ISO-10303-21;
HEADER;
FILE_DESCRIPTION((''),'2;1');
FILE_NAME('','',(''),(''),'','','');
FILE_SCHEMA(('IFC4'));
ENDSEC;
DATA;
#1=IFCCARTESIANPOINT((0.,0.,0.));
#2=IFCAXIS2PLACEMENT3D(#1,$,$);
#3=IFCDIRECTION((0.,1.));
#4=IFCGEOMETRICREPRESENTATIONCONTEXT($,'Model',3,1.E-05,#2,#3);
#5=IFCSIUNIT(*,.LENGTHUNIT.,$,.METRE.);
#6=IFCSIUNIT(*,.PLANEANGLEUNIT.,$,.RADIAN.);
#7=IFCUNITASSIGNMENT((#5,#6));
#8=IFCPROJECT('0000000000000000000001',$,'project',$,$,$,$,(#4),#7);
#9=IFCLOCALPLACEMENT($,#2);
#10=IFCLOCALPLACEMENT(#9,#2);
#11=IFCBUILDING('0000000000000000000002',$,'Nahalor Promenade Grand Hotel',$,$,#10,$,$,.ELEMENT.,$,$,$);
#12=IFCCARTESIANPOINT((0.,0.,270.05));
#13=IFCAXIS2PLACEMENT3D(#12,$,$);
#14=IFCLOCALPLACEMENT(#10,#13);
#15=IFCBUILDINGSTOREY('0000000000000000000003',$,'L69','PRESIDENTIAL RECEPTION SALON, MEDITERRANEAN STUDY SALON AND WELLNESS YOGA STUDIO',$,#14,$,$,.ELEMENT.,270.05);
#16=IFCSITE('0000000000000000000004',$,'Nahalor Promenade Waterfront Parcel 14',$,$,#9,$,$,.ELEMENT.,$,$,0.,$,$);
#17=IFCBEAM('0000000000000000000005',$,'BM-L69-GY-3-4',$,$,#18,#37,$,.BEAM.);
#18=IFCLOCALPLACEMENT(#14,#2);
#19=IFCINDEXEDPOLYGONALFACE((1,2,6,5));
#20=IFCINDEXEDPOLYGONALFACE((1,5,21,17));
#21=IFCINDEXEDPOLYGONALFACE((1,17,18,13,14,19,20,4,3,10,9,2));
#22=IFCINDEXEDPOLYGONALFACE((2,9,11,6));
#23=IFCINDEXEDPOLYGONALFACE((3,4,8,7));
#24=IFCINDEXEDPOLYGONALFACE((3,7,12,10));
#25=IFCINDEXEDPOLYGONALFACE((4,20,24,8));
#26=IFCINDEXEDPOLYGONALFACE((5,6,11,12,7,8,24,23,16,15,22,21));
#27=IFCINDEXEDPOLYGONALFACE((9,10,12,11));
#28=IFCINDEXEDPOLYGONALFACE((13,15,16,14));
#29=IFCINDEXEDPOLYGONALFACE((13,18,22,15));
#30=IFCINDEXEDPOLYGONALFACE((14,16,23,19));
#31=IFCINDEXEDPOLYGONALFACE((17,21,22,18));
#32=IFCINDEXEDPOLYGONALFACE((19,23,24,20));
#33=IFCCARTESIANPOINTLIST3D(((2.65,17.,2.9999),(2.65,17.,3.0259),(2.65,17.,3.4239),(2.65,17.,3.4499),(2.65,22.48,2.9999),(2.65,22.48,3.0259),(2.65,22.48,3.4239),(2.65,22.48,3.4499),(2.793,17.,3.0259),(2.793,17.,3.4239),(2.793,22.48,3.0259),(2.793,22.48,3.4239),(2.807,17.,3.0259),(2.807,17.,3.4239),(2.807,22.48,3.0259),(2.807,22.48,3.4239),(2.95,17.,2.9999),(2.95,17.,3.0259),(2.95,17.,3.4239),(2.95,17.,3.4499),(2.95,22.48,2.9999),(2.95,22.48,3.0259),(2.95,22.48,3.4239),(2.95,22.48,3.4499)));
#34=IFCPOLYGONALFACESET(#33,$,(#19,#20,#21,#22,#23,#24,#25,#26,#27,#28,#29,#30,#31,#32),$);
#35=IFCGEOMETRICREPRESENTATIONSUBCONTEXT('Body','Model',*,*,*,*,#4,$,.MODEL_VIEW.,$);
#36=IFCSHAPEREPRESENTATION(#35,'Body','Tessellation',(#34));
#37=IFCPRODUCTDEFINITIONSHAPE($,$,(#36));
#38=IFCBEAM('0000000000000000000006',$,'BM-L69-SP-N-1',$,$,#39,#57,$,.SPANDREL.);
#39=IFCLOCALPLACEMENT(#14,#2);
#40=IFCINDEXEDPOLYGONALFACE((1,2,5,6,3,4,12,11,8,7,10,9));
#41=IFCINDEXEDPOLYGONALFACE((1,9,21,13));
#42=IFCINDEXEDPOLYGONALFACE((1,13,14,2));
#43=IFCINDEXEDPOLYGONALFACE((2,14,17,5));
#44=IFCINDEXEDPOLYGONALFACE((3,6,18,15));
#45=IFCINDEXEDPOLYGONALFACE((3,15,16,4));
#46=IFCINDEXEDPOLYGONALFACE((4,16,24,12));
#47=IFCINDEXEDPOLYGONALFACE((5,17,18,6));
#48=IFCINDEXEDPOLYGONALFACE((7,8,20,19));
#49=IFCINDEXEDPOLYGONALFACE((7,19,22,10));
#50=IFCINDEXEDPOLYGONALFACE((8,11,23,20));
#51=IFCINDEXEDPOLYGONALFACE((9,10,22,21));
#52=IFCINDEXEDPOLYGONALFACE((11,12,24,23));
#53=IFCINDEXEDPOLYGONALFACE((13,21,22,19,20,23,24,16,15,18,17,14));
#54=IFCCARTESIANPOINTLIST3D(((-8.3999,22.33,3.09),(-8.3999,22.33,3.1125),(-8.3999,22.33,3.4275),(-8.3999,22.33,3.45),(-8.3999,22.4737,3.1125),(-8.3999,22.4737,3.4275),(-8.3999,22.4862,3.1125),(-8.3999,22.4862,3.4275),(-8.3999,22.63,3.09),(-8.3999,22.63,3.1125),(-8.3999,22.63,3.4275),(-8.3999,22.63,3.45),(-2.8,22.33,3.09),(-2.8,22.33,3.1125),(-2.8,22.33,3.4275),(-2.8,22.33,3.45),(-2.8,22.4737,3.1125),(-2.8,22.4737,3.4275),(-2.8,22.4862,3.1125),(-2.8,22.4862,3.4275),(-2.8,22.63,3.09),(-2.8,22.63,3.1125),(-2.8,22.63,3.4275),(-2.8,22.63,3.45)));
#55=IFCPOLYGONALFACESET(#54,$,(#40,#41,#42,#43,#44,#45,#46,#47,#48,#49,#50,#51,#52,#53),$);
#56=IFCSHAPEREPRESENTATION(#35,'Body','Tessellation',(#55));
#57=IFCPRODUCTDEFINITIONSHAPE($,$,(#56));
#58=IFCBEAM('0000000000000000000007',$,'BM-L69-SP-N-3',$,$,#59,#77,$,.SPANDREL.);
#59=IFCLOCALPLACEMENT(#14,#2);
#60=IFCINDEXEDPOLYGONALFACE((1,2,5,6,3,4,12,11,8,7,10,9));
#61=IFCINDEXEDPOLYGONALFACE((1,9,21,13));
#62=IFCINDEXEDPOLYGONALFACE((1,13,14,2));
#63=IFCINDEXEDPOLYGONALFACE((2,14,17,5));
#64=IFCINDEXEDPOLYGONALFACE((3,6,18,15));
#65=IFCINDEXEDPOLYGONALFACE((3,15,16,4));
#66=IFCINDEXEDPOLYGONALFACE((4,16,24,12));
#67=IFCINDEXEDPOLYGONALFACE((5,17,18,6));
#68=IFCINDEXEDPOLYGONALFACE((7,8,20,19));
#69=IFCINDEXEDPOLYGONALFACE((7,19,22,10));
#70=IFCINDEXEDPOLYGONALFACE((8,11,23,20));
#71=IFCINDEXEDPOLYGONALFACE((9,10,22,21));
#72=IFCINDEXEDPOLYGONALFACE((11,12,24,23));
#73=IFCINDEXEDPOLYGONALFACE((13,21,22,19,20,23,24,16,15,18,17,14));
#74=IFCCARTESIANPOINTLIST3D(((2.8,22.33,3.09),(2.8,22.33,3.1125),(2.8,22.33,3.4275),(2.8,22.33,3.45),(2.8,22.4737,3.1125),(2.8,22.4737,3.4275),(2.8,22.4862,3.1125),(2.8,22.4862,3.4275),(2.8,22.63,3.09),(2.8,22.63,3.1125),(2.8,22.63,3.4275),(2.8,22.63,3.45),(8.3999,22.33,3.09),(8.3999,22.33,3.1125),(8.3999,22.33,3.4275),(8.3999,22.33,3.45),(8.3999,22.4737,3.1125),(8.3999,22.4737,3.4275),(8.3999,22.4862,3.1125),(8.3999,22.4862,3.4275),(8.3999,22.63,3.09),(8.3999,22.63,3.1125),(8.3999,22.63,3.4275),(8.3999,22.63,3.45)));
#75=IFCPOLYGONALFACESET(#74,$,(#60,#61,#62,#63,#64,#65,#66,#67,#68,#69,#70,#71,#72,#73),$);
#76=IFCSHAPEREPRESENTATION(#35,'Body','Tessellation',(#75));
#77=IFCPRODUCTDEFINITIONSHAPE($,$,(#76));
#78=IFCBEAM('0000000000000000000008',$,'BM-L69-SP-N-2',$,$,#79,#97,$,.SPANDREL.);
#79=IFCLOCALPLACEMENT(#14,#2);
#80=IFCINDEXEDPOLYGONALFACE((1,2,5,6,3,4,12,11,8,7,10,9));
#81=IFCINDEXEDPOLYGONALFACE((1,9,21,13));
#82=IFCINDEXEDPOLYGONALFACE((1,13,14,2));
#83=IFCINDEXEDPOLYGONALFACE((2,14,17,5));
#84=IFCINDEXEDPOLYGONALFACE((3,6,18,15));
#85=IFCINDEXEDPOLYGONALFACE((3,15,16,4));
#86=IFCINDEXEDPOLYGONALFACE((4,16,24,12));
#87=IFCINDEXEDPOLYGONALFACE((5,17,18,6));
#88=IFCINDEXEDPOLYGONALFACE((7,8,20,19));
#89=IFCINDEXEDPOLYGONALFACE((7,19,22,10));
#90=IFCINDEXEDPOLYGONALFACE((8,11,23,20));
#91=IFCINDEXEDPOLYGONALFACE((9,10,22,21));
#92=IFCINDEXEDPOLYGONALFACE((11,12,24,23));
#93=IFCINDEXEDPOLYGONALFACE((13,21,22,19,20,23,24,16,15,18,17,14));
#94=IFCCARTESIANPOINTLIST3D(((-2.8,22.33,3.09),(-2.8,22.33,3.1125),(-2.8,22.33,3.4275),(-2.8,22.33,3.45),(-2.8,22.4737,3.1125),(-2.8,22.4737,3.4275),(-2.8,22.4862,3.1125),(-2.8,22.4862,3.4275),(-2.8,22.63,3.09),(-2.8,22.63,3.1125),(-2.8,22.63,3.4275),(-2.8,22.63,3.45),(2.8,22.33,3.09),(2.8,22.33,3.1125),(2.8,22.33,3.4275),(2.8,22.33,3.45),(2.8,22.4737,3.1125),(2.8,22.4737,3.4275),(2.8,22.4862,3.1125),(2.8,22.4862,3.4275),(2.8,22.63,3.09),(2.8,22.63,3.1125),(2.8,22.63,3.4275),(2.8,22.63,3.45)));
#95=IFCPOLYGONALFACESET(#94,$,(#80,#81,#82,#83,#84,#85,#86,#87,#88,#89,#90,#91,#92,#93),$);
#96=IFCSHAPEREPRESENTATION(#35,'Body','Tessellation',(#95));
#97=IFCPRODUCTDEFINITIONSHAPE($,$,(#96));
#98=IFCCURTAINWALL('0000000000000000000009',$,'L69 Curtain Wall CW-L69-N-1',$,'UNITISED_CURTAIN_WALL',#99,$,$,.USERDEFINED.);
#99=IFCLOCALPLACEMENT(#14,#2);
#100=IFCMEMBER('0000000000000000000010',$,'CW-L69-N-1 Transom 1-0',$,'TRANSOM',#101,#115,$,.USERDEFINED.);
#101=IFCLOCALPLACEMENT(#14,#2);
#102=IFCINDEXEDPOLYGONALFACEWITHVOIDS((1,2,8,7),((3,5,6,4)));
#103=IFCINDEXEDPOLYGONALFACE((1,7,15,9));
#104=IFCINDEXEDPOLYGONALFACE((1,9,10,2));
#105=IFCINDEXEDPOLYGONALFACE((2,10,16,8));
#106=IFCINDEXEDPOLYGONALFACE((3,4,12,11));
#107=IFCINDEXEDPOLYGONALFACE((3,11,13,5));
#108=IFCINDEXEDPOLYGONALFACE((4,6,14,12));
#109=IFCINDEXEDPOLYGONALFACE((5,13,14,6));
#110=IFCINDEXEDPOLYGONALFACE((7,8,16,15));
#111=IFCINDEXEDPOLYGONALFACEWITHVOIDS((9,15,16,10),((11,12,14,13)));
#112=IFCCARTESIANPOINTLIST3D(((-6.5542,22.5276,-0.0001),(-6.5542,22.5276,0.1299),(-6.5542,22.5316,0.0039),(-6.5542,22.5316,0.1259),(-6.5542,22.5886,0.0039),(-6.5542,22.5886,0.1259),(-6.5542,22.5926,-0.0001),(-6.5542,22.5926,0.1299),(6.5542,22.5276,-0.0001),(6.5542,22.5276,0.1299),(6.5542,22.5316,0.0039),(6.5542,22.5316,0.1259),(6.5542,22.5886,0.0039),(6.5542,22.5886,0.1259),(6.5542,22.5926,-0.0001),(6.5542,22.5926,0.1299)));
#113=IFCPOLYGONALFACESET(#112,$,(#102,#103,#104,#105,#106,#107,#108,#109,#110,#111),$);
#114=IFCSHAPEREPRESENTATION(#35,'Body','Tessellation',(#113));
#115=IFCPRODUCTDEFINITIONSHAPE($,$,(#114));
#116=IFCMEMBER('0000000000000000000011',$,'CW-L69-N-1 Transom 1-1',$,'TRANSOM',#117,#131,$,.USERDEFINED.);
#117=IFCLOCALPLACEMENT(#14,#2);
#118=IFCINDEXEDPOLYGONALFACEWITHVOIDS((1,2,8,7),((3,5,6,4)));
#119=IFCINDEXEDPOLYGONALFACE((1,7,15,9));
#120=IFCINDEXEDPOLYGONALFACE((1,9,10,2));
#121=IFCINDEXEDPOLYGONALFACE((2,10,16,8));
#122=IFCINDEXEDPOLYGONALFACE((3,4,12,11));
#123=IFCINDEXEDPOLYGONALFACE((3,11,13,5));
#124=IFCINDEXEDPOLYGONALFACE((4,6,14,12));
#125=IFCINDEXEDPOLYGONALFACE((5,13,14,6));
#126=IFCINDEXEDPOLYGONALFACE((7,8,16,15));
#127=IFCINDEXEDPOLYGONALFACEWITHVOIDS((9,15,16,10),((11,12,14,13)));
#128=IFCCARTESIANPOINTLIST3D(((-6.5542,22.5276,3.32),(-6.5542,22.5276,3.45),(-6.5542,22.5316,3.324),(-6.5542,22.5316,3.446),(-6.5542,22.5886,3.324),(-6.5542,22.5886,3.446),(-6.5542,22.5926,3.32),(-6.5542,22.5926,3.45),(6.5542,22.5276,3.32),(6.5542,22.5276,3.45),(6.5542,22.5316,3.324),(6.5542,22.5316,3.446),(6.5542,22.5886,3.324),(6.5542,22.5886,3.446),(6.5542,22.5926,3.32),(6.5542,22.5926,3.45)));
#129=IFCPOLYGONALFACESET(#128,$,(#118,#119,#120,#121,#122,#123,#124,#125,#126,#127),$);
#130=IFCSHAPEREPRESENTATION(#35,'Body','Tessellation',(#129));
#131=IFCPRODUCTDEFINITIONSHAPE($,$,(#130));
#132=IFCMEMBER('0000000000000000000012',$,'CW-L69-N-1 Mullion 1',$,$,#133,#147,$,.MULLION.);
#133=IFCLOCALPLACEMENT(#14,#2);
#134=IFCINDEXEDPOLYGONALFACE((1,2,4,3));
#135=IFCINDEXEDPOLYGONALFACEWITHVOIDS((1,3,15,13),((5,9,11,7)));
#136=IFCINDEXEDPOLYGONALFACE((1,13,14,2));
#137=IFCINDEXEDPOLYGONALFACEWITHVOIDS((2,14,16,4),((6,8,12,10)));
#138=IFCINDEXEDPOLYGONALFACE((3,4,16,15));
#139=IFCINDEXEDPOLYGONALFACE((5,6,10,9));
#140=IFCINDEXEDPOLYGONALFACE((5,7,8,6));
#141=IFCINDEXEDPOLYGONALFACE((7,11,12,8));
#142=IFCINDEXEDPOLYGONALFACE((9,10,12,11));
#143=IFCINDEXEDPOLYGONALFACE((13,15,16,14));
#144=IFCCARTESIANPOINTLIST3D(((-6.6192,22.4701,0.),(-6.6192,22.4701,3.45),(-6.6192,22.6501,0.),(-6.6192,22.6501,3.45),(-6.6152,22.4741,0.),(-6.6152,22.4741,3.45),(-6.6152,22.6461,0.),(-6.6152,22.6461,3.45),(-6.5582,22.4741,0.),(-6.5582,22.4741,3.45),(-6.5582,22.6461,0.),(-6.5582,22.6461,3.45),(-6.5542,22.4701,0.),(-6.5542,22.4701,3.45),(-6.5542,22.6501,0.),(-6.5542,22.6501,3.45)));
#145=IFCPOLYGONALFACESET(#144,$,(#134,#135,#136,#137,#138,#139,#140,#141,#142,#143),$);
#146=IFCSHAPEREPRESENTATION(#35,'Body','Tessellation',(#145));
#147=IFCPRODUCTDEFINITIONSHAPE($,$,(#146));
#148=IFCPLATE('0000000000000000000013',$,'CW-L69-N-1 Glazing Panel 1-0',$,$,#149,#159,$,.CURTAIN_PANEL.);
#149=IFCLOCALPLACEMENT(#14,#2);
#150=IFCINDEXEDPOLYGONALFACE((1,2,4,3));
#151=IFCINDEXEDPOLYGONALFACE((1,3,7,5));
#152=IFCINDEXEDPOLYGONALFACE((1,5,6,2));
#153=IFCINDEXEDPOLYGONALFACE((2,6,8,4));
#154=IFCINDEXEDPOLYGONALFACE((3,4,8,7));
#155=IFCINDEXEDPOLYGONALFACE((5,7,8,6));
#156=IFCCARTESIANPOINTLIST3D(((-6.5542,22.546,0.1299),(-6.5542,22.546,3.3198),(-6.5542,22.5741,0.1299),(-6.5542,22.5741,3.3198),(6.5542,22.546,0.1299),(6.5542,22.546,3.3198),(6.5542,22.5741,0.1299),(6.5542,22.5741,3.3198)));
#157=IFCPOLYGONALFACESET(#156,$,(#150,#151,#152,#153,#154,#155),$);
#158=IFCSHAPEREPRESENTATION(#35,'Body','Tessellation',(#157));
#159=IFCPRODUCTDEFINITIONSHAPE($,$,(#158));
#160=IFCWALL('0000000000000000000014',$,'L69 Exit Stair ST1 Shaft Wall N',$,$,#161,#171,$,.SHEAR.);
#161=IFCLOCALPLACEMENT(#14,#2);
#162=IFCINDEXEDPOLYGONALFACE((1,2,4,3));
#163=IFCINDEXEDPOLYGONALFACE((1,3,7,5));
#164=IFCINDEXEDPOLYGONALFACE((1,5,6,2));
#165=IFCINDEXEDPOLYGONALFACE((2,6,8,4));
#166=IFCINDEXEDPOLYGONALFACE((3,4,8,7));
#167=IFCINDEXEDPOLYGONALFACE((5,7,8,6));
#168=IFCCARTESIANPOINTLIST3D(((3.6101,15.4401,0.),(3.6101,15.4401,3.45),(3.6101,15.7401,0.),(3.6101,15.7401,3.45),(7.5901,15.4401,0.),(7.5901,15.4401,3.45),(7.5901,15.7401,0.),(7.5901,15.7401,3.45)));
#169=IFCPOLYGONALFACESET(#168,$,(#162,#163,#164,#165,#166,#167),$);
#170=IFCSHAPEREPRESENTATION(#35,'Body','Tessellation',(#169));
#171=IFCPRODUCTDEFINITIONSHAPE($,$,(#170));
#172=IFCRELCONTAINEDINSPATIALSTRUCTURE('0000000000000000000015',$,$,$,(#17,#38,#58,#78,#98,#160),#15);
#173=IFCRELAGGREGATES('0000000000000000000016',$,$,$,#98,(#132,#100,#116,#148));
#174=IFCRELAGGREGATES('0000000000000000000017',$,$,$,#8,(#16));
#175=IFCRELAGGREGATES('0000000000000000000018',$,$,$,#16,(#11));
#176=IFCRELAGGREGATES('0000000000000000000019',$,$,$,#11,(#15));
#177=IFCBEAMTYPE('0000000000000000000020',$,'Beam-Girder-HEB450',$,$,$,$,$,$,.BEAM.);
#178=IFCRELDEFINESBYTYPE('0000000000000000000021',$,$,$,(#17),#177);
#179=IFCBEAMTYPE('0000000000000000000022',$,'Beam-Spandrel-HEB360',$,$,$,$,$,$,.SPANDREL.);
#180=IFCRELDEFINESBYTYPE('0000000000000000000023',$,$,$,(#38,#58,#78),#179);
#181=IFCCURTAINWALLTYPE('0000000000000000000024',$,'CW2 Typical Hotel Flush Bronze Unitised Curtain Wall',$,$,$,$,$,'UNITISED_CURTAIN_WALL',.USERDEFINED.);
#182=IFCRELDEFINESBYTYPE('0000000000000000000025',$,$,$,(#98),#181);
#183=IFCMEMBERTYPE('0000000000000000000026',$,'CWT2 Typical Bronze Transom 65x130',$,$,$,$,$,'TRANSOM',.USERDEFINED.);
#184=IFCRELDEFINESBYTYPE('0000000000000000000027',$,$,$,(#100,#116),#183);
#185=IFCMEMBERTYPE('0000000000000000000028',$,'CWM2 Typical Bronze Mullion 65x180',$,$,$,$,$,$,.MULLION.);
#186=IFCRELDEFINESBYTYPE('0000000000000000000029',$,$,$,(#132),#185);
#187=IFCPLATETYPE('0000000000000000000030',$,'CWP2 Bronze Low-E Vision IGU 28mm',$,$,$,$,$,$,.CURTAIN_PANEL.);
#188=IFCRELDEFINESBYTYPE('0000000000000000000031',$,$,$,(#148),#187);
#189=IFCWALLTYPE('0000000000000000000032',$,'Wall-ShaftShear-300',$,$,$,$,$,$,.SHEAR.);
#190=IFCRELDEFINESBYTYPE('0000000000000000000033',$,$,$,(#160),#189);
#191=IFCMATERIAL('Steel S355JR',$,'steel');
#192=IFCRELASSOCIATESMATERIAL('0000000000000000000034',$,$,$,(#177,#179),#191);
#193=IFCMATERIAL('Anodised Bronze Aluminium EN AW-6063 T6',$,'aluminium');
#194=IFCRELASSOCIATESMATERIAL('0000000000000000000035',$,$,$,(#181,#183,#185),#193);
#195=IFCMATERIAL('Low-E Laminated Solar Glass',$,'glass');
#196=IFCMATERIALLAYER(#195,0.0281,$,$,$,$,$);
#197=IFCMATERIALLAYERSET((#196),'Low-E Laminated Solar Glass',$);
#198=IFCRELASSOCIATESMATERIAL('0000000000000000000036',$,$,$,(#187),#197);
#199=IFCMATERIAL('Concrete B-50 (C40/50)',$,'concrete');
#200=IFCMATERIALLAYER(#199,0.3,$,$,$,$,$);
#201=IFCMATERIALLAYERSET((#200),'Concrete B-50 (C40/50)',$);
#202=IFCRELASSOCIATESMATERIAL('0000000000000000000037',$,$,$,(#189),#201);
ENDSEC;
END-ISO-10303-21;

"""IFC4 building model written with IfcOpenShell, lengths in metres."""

from ifc_helpers import new_model, si_unit, direction, frame, frame_2d, origin, origin_2d, place, context, subcontext, project, spatial, rectangle, hollow_rectangle, i_section, extrude, source, transform, mapped, material, layer, layer_set, material_profile, profile_set, type_object, element, aggregate, save


model = new_model("IFC4")

# Units and contexts
model_context = context("Model", 3, precision=1e-05, world=origin(), true_north=direction((0.0, 1.0)))
body_context = subcontext(model_context, "Body", "Model", "MODEL_VIEW")
ifc_project = project(units=[si_unit("LENGTHUNIT", "METRE"), si_unit("PLANEANGLEUNIT", "RADIAN")], contexts=[model_context])

# Site, building, storey
site_placement = place(None, origin())
site = spatial("IfcSite", under=ifc_project, at=site_placement, Name="Nahalor Promenade Waterfront Parcel 14", CompositionType="ELEMENT", RefElevation=0.0)
building_placement = place(site_placement, origin())
building = spatial("IfcBuilding", under=site, at=building_placement, Name="Nahalor Promenade Grand Hotel", CompositionType="ELEMENT")
storey_placement = place(building_placement, frame((0.0, 0.0, 270.05)))
storey = spatial("IfcBuildingStorey", under=building, at=storey_placement, Name="L69", Description="PRESIDENTIAL RECEPTION SALON, MEDITERRANEAN STUDY SALON AND WELLNESS YOGA STUDIO", CompositionType="ELEMENT", Elevation=270.05)

# Shared definitions
ifc_material_1 = material(Name="Concrete B-50 (C40/50)", Category="concrete")
ifc_material_2 = material(Name="Steel S355JR", Category="steel")

# Beams
ifc_material_profile_1 = material_profile(ifc_material_2, i_section(OverallWidth=0.3, OverallDepth=0.45, WebThickness=0.014, FlangeThickness=0.026, at=origin_2d()), Name="HEB 450")
ifc_profile_set_1 = profile_set([ifc_material_profile_1], Name="Steel S355JR")
beam_type_1 = type_object("IfcBeamType", Name="Beam-Girder-HEB450", PredefinedType="BEAM", material=ifc_profile_set_1)
shared_shape_1 = source(origin(), body_context, "Body", "SweptSolid", [
    extrude(i_section(OverallWidth=0.3, OverallDepth=0.45, WebThickness=0.014, FlangeThickness=0.026, at=origin_2d()), origin(), (0.0, 0.0, 1.0), 5.48),
])
for number, where, z_axis, x_axis, name in (
    (1, (2.8, 17.0, 3.2249), (0.0, 1.0, 0.0), (-1.0, 0.0, 0.0), "BM-L69-GY-3-4"),
):
    element("IfcBeam", number, at=place(storey_placement, frame(where, z_axis=z_axis, x_axis=x_axis)), inside=storey, type_object=beam_type_1, Name=name, PredefinedType="BEAM", context=body_context, shape_type="MappedRepresentation", body=[
        mapped(shared_shape_1, transform((0.0, 0.0, 0.0), scale=1.0)),
    ])
ifc_material_profile_2 = material_profile(ifc_material_2, i_section(OverallWidth=0.3, OverallDepth=0.36, WebThickness=0.0125, FlangeThickness=0.0225, at=origin_2d()), Name="HEB 360")
ifc_profile_set_2 = profile_set([ifc_material_profile_2], Name="Steel S355JR")
beam_type_2 = type_object("IfcBeamType", Name="Beam-Spandrel-HEB360", PredefinedType="SPANDREL", material=ifc_profile_set_2)
shared_shape_2 = source(origin(), body_context, "Body", "SweptSolid", [
    extrude(i_section(OverallWidth=0.3, OverallDepth=0.36, WebThickness=0.0125, FlangeThickness=0.0225, at=origin_2d()), origin(), (0.0, 0.0, 1.0), 5.5999),
])
for number, where, z_axis, x_axis, name in (
    (2, (-8.3999, 22.48, 3.27), (1.0, 0.0, 0.0), (0.0, 1.0, 0.0), "BM-L69-SP-N-1"),
    (3, (2.8, 22.48, 3.27), (1.0, 0.0, 0.0), (0.0, 1.0, 0.0), "BM-L69-SP-N-3"),
):
    element("IfcBeam", number, at=place(storey_placement, frame(where, z_axis=z_axis, x_axis=x_axis)), inside=storey, type_object=beam_type_2, Name=name, PredefinedType="SPANDREL", context=body_context, shape_type="MappedRepresentation", body=[
        mapped(shared_shape_2, transform((0.0, 0.0, 0.0), scale=1.0)),
    ])
shared_shape_3 = source(origin(), body_context, "Body", "SweptSolid", [
    extrude(i_section(OverallWidth=0.3, OverallDepth=0.36, WebThickness=0.0125, FlangeThickness=0.0225, at=origin_2d()), origin(), (0.0, 0.0, 1.0), 5.6001),
])
beam_1_placement = place(storey_placement, frame((-2.8, 22.48, 3.27), z_axis=(1.0, 0.0, 0.0), x_axis=(0.0, 1.0, 0.0)))
element("IfcBeam", 4, at=beam_1_placement, inside=storey, type_object=beam_type_2, Name="BM-L69-SP-N-2", PredefinedType="SPANDREL", context=body_context, shape_type="MappedRepresentation", body=[
    mapped(shared_shape_3, transform((0.0, 0.0, 0.0), scale=1.0)),
])

# Curtain wall, members, plate
ifc_material_3 = material(Name="Anodised Bronze Aluminium EN AW-6063 T6", Category="aluminium")
curtain_wall_type = type_object("IfcCurtainWallType", Name="CW2 Typical Hotel Flush Bronze Unitised Curtain Wall", ElementType="UNITISED_CURTAIN_WALL", PredefinedType="USERDEFINED", material=ifc_material_3)
curtain_wall_placement = place(storey_placement, origin())
curtain_wall = element("IfcCurtainWall", 5, at=curtain_wall_placement, inside=storey, type_object=curtain_wall_type, Name="L69 Curtain Wall CW-L69-N-1", ObjectType="UNITISED_CURTAIN_WALL", PredefinedType="USERDEFINED")
ifc_material_profile_3 = material_profile(ifc_material_3, hollow_rectangle(XDim=0.065, YDim=0.13, WallThickness=0.004, at=origin_2d()), Name="CWT 65x130x4")
ifc_profile_set_3 = profile_set([ifc_material_profile_3], Name="Anodised Bronze Aluminium EN AW-6063 T6")
member_type_1 = type_object("IfcMemberType", Name="CWT2 Typical Bronze Transom 65x130", ElementType="TRANSOM", PredefinedType="USERDEFINED", material=ifc_profile_set_3)
shared_shape_4 = source(origin(), body_context, "Body", "SweptSolid", [
    extrude(hollow_rectangle(XDim=0.065, YDim=0.13, WallThickness=0.004, at=origin_2d()), origin(), (0.0, 0.0, 1.0), 13.1084),
])
member_1_placement = place(storey_placement, frame((-6.5542, 22.5601, 0.0649), z_axis=(1.0, 0.0, 0.0), x_axis=(0.0, 1.0, 0.0)))
member_1 = element("IfcMember", 6, at=member_1_placement, type_object=member_type_1, Name="CW-L69-N-1 Transom 1-0", ObjectType="TRANSOM", PredefinedType="USERDEFINED", context=body_context, shape_type="MappedRepresentation", body=[
    mapped(shared_shape_4, transform((0.0, 0.0, 0.0), scale=1.0)),
])
member_2_placement = place(storey_placement, frame((-6.5542, 22.5601, 3.385), z_axis=(1.0, 0.0, 0.0), x_axis=(0.0, 1.0, 0.0)))
member_2 = element("IfcMember", 7, at=member_2_placement, type_object=member_type_1, Name="CW-L69-N-1 Transom 1-1", ObjectType="TRANSOM", PredefinedType="USERDEFINED", context=body_context, shape_type="MappedRepresentation", body=[
    mapped(shared_shape_4, transform((0.0, 0.0, 0.0), scale=1.0)),
])
ifc_material_profile_4 = material_profile(ifc_material_3, hollow_rectangle(XDim=0.065, YDim=0.18, WallThickness=0.004, at=origin_2d()), Name="CWM 65x180x4")
ifc_profile_set_4 = profile_set([ifc_material_profile_4], Name="Anodised Bronze Aluminium EN AW-6063 T6")
member_type_2 = type_object("IfcMemberType", Name="CWM2 Typical Bronze Mullion 65x180", PredefinedType="MULLION", material=ifc_profile_set_4)
shared_shape_5 = source(origin(), body_context, "Body", "SweptSolid", [
    extrude(hollow_rectangle(XDim=0.065, YDim=0.18, WallThickness=0.004, at=origin_2d()), origin(), (0.0, 0.0, 1.0), 3.45),
])
member_3_placement = place(storey_placement, frame((-6.5867, 22.5601, 0.0), z_axis=(0.0, 0.0, 1.0), x_axis=(1.0, 0.0, 0.0)))
member_3 = element("IfcMember", 8, at=member_3_placement, type_object=member_type_2, Name="CW-L69-N-1 Mullion 1", PredefinedType="MULLION", context=body_context, shape_type="MappedRepresentation", body=[
    mapped(shared_shape_5, transform((0.0, 0.0, 0.0), scale=1.0)),
])
ifc_material_4 = material(Name="Low-E Laminated Solar Glass", Category="glass")
ifc_layer_1 = layer(ifc_material_4, 0.0281)
ifc_layer_set_1 = layer_set([ifc_layer_1], Name="Low-E Laminated Solar Glass")
plate_type = type_object("IfcPlateType", Name="CWP2 Bronze Low-E Vision IGU 28mm", PredefinedType="CURTAIN_PANEL", material=ifc_layer_set_1)
shared_shape_6 = source(origin(), body_context, "Body", "SweptSolid", [
    extrude(rectangle(XDim=13.1084, YDim=0.0281, at=origin_2d()), origin(), (0.0, 0.0, 1.0), 3.1899),
])
plate_placement = place(storey_placement, frame((0.0, 22.5601, 0.1299), z_axis=(0.0, 0.0, 1.0), x_axis=(1.0, 0.0, 0.0)))
plate = element("IfcPlate", 9, at=plate_placement, type_object=plate_type, Name="CW-L69-N-1 Glazing Panel 1-0", PredefinedType="CURTAIN_PANEL", context=body_context, shape_type="MappedRepresentation", body=[
    mapped(shared_shape_6, transform((0.0, 0.0, 0.0), scale=1.0)),
])
aggregate(curtain_wall, [member_3, member_1, member_2, plate])

# Wall
ifc_layer_2 = layer(ifc_material_1, 0.3)
ifc_layer_set_2 = layer_set([ifc_layer_2], Name="Concrete B-50 (C40/50)")
wall_type_1 = type_object("IfcWallType", Name="Wall-ShaftShear-300", PredefinedType="SHEAR", material=ifc_layer_set_2)
shared_shape_7 = source(origin(), body_context, "Body", "SweptSolid", [
    extrude(rectangle(XDim=3.98, YDim=0.3, at=frame_2d((1.99, 0.0))), origin(), (0.0, 0.0, 1.0), 3.45),
])
wall_1_placement = place(storey_placement, frame((3.6101, 15.5901, 0.0), z_axis=(0.0, 0.0, 1.0), x_axis=(1.0, 0.0, 0.0)))
element("IfcWall", 10, at=wall_1_placement, inside=storey, type_object=wall_type_1, Name="L69 Exit Stair ST1 Shaft Wall N", PredefinedType="SHEAR", context=body_context, shape_type="MappedRepresentation", body=[
    mapped(shared_shape_7, transform((0.0, 0.0, 0.0), scale=1.0)),
])

save(model, "model.ifc")
